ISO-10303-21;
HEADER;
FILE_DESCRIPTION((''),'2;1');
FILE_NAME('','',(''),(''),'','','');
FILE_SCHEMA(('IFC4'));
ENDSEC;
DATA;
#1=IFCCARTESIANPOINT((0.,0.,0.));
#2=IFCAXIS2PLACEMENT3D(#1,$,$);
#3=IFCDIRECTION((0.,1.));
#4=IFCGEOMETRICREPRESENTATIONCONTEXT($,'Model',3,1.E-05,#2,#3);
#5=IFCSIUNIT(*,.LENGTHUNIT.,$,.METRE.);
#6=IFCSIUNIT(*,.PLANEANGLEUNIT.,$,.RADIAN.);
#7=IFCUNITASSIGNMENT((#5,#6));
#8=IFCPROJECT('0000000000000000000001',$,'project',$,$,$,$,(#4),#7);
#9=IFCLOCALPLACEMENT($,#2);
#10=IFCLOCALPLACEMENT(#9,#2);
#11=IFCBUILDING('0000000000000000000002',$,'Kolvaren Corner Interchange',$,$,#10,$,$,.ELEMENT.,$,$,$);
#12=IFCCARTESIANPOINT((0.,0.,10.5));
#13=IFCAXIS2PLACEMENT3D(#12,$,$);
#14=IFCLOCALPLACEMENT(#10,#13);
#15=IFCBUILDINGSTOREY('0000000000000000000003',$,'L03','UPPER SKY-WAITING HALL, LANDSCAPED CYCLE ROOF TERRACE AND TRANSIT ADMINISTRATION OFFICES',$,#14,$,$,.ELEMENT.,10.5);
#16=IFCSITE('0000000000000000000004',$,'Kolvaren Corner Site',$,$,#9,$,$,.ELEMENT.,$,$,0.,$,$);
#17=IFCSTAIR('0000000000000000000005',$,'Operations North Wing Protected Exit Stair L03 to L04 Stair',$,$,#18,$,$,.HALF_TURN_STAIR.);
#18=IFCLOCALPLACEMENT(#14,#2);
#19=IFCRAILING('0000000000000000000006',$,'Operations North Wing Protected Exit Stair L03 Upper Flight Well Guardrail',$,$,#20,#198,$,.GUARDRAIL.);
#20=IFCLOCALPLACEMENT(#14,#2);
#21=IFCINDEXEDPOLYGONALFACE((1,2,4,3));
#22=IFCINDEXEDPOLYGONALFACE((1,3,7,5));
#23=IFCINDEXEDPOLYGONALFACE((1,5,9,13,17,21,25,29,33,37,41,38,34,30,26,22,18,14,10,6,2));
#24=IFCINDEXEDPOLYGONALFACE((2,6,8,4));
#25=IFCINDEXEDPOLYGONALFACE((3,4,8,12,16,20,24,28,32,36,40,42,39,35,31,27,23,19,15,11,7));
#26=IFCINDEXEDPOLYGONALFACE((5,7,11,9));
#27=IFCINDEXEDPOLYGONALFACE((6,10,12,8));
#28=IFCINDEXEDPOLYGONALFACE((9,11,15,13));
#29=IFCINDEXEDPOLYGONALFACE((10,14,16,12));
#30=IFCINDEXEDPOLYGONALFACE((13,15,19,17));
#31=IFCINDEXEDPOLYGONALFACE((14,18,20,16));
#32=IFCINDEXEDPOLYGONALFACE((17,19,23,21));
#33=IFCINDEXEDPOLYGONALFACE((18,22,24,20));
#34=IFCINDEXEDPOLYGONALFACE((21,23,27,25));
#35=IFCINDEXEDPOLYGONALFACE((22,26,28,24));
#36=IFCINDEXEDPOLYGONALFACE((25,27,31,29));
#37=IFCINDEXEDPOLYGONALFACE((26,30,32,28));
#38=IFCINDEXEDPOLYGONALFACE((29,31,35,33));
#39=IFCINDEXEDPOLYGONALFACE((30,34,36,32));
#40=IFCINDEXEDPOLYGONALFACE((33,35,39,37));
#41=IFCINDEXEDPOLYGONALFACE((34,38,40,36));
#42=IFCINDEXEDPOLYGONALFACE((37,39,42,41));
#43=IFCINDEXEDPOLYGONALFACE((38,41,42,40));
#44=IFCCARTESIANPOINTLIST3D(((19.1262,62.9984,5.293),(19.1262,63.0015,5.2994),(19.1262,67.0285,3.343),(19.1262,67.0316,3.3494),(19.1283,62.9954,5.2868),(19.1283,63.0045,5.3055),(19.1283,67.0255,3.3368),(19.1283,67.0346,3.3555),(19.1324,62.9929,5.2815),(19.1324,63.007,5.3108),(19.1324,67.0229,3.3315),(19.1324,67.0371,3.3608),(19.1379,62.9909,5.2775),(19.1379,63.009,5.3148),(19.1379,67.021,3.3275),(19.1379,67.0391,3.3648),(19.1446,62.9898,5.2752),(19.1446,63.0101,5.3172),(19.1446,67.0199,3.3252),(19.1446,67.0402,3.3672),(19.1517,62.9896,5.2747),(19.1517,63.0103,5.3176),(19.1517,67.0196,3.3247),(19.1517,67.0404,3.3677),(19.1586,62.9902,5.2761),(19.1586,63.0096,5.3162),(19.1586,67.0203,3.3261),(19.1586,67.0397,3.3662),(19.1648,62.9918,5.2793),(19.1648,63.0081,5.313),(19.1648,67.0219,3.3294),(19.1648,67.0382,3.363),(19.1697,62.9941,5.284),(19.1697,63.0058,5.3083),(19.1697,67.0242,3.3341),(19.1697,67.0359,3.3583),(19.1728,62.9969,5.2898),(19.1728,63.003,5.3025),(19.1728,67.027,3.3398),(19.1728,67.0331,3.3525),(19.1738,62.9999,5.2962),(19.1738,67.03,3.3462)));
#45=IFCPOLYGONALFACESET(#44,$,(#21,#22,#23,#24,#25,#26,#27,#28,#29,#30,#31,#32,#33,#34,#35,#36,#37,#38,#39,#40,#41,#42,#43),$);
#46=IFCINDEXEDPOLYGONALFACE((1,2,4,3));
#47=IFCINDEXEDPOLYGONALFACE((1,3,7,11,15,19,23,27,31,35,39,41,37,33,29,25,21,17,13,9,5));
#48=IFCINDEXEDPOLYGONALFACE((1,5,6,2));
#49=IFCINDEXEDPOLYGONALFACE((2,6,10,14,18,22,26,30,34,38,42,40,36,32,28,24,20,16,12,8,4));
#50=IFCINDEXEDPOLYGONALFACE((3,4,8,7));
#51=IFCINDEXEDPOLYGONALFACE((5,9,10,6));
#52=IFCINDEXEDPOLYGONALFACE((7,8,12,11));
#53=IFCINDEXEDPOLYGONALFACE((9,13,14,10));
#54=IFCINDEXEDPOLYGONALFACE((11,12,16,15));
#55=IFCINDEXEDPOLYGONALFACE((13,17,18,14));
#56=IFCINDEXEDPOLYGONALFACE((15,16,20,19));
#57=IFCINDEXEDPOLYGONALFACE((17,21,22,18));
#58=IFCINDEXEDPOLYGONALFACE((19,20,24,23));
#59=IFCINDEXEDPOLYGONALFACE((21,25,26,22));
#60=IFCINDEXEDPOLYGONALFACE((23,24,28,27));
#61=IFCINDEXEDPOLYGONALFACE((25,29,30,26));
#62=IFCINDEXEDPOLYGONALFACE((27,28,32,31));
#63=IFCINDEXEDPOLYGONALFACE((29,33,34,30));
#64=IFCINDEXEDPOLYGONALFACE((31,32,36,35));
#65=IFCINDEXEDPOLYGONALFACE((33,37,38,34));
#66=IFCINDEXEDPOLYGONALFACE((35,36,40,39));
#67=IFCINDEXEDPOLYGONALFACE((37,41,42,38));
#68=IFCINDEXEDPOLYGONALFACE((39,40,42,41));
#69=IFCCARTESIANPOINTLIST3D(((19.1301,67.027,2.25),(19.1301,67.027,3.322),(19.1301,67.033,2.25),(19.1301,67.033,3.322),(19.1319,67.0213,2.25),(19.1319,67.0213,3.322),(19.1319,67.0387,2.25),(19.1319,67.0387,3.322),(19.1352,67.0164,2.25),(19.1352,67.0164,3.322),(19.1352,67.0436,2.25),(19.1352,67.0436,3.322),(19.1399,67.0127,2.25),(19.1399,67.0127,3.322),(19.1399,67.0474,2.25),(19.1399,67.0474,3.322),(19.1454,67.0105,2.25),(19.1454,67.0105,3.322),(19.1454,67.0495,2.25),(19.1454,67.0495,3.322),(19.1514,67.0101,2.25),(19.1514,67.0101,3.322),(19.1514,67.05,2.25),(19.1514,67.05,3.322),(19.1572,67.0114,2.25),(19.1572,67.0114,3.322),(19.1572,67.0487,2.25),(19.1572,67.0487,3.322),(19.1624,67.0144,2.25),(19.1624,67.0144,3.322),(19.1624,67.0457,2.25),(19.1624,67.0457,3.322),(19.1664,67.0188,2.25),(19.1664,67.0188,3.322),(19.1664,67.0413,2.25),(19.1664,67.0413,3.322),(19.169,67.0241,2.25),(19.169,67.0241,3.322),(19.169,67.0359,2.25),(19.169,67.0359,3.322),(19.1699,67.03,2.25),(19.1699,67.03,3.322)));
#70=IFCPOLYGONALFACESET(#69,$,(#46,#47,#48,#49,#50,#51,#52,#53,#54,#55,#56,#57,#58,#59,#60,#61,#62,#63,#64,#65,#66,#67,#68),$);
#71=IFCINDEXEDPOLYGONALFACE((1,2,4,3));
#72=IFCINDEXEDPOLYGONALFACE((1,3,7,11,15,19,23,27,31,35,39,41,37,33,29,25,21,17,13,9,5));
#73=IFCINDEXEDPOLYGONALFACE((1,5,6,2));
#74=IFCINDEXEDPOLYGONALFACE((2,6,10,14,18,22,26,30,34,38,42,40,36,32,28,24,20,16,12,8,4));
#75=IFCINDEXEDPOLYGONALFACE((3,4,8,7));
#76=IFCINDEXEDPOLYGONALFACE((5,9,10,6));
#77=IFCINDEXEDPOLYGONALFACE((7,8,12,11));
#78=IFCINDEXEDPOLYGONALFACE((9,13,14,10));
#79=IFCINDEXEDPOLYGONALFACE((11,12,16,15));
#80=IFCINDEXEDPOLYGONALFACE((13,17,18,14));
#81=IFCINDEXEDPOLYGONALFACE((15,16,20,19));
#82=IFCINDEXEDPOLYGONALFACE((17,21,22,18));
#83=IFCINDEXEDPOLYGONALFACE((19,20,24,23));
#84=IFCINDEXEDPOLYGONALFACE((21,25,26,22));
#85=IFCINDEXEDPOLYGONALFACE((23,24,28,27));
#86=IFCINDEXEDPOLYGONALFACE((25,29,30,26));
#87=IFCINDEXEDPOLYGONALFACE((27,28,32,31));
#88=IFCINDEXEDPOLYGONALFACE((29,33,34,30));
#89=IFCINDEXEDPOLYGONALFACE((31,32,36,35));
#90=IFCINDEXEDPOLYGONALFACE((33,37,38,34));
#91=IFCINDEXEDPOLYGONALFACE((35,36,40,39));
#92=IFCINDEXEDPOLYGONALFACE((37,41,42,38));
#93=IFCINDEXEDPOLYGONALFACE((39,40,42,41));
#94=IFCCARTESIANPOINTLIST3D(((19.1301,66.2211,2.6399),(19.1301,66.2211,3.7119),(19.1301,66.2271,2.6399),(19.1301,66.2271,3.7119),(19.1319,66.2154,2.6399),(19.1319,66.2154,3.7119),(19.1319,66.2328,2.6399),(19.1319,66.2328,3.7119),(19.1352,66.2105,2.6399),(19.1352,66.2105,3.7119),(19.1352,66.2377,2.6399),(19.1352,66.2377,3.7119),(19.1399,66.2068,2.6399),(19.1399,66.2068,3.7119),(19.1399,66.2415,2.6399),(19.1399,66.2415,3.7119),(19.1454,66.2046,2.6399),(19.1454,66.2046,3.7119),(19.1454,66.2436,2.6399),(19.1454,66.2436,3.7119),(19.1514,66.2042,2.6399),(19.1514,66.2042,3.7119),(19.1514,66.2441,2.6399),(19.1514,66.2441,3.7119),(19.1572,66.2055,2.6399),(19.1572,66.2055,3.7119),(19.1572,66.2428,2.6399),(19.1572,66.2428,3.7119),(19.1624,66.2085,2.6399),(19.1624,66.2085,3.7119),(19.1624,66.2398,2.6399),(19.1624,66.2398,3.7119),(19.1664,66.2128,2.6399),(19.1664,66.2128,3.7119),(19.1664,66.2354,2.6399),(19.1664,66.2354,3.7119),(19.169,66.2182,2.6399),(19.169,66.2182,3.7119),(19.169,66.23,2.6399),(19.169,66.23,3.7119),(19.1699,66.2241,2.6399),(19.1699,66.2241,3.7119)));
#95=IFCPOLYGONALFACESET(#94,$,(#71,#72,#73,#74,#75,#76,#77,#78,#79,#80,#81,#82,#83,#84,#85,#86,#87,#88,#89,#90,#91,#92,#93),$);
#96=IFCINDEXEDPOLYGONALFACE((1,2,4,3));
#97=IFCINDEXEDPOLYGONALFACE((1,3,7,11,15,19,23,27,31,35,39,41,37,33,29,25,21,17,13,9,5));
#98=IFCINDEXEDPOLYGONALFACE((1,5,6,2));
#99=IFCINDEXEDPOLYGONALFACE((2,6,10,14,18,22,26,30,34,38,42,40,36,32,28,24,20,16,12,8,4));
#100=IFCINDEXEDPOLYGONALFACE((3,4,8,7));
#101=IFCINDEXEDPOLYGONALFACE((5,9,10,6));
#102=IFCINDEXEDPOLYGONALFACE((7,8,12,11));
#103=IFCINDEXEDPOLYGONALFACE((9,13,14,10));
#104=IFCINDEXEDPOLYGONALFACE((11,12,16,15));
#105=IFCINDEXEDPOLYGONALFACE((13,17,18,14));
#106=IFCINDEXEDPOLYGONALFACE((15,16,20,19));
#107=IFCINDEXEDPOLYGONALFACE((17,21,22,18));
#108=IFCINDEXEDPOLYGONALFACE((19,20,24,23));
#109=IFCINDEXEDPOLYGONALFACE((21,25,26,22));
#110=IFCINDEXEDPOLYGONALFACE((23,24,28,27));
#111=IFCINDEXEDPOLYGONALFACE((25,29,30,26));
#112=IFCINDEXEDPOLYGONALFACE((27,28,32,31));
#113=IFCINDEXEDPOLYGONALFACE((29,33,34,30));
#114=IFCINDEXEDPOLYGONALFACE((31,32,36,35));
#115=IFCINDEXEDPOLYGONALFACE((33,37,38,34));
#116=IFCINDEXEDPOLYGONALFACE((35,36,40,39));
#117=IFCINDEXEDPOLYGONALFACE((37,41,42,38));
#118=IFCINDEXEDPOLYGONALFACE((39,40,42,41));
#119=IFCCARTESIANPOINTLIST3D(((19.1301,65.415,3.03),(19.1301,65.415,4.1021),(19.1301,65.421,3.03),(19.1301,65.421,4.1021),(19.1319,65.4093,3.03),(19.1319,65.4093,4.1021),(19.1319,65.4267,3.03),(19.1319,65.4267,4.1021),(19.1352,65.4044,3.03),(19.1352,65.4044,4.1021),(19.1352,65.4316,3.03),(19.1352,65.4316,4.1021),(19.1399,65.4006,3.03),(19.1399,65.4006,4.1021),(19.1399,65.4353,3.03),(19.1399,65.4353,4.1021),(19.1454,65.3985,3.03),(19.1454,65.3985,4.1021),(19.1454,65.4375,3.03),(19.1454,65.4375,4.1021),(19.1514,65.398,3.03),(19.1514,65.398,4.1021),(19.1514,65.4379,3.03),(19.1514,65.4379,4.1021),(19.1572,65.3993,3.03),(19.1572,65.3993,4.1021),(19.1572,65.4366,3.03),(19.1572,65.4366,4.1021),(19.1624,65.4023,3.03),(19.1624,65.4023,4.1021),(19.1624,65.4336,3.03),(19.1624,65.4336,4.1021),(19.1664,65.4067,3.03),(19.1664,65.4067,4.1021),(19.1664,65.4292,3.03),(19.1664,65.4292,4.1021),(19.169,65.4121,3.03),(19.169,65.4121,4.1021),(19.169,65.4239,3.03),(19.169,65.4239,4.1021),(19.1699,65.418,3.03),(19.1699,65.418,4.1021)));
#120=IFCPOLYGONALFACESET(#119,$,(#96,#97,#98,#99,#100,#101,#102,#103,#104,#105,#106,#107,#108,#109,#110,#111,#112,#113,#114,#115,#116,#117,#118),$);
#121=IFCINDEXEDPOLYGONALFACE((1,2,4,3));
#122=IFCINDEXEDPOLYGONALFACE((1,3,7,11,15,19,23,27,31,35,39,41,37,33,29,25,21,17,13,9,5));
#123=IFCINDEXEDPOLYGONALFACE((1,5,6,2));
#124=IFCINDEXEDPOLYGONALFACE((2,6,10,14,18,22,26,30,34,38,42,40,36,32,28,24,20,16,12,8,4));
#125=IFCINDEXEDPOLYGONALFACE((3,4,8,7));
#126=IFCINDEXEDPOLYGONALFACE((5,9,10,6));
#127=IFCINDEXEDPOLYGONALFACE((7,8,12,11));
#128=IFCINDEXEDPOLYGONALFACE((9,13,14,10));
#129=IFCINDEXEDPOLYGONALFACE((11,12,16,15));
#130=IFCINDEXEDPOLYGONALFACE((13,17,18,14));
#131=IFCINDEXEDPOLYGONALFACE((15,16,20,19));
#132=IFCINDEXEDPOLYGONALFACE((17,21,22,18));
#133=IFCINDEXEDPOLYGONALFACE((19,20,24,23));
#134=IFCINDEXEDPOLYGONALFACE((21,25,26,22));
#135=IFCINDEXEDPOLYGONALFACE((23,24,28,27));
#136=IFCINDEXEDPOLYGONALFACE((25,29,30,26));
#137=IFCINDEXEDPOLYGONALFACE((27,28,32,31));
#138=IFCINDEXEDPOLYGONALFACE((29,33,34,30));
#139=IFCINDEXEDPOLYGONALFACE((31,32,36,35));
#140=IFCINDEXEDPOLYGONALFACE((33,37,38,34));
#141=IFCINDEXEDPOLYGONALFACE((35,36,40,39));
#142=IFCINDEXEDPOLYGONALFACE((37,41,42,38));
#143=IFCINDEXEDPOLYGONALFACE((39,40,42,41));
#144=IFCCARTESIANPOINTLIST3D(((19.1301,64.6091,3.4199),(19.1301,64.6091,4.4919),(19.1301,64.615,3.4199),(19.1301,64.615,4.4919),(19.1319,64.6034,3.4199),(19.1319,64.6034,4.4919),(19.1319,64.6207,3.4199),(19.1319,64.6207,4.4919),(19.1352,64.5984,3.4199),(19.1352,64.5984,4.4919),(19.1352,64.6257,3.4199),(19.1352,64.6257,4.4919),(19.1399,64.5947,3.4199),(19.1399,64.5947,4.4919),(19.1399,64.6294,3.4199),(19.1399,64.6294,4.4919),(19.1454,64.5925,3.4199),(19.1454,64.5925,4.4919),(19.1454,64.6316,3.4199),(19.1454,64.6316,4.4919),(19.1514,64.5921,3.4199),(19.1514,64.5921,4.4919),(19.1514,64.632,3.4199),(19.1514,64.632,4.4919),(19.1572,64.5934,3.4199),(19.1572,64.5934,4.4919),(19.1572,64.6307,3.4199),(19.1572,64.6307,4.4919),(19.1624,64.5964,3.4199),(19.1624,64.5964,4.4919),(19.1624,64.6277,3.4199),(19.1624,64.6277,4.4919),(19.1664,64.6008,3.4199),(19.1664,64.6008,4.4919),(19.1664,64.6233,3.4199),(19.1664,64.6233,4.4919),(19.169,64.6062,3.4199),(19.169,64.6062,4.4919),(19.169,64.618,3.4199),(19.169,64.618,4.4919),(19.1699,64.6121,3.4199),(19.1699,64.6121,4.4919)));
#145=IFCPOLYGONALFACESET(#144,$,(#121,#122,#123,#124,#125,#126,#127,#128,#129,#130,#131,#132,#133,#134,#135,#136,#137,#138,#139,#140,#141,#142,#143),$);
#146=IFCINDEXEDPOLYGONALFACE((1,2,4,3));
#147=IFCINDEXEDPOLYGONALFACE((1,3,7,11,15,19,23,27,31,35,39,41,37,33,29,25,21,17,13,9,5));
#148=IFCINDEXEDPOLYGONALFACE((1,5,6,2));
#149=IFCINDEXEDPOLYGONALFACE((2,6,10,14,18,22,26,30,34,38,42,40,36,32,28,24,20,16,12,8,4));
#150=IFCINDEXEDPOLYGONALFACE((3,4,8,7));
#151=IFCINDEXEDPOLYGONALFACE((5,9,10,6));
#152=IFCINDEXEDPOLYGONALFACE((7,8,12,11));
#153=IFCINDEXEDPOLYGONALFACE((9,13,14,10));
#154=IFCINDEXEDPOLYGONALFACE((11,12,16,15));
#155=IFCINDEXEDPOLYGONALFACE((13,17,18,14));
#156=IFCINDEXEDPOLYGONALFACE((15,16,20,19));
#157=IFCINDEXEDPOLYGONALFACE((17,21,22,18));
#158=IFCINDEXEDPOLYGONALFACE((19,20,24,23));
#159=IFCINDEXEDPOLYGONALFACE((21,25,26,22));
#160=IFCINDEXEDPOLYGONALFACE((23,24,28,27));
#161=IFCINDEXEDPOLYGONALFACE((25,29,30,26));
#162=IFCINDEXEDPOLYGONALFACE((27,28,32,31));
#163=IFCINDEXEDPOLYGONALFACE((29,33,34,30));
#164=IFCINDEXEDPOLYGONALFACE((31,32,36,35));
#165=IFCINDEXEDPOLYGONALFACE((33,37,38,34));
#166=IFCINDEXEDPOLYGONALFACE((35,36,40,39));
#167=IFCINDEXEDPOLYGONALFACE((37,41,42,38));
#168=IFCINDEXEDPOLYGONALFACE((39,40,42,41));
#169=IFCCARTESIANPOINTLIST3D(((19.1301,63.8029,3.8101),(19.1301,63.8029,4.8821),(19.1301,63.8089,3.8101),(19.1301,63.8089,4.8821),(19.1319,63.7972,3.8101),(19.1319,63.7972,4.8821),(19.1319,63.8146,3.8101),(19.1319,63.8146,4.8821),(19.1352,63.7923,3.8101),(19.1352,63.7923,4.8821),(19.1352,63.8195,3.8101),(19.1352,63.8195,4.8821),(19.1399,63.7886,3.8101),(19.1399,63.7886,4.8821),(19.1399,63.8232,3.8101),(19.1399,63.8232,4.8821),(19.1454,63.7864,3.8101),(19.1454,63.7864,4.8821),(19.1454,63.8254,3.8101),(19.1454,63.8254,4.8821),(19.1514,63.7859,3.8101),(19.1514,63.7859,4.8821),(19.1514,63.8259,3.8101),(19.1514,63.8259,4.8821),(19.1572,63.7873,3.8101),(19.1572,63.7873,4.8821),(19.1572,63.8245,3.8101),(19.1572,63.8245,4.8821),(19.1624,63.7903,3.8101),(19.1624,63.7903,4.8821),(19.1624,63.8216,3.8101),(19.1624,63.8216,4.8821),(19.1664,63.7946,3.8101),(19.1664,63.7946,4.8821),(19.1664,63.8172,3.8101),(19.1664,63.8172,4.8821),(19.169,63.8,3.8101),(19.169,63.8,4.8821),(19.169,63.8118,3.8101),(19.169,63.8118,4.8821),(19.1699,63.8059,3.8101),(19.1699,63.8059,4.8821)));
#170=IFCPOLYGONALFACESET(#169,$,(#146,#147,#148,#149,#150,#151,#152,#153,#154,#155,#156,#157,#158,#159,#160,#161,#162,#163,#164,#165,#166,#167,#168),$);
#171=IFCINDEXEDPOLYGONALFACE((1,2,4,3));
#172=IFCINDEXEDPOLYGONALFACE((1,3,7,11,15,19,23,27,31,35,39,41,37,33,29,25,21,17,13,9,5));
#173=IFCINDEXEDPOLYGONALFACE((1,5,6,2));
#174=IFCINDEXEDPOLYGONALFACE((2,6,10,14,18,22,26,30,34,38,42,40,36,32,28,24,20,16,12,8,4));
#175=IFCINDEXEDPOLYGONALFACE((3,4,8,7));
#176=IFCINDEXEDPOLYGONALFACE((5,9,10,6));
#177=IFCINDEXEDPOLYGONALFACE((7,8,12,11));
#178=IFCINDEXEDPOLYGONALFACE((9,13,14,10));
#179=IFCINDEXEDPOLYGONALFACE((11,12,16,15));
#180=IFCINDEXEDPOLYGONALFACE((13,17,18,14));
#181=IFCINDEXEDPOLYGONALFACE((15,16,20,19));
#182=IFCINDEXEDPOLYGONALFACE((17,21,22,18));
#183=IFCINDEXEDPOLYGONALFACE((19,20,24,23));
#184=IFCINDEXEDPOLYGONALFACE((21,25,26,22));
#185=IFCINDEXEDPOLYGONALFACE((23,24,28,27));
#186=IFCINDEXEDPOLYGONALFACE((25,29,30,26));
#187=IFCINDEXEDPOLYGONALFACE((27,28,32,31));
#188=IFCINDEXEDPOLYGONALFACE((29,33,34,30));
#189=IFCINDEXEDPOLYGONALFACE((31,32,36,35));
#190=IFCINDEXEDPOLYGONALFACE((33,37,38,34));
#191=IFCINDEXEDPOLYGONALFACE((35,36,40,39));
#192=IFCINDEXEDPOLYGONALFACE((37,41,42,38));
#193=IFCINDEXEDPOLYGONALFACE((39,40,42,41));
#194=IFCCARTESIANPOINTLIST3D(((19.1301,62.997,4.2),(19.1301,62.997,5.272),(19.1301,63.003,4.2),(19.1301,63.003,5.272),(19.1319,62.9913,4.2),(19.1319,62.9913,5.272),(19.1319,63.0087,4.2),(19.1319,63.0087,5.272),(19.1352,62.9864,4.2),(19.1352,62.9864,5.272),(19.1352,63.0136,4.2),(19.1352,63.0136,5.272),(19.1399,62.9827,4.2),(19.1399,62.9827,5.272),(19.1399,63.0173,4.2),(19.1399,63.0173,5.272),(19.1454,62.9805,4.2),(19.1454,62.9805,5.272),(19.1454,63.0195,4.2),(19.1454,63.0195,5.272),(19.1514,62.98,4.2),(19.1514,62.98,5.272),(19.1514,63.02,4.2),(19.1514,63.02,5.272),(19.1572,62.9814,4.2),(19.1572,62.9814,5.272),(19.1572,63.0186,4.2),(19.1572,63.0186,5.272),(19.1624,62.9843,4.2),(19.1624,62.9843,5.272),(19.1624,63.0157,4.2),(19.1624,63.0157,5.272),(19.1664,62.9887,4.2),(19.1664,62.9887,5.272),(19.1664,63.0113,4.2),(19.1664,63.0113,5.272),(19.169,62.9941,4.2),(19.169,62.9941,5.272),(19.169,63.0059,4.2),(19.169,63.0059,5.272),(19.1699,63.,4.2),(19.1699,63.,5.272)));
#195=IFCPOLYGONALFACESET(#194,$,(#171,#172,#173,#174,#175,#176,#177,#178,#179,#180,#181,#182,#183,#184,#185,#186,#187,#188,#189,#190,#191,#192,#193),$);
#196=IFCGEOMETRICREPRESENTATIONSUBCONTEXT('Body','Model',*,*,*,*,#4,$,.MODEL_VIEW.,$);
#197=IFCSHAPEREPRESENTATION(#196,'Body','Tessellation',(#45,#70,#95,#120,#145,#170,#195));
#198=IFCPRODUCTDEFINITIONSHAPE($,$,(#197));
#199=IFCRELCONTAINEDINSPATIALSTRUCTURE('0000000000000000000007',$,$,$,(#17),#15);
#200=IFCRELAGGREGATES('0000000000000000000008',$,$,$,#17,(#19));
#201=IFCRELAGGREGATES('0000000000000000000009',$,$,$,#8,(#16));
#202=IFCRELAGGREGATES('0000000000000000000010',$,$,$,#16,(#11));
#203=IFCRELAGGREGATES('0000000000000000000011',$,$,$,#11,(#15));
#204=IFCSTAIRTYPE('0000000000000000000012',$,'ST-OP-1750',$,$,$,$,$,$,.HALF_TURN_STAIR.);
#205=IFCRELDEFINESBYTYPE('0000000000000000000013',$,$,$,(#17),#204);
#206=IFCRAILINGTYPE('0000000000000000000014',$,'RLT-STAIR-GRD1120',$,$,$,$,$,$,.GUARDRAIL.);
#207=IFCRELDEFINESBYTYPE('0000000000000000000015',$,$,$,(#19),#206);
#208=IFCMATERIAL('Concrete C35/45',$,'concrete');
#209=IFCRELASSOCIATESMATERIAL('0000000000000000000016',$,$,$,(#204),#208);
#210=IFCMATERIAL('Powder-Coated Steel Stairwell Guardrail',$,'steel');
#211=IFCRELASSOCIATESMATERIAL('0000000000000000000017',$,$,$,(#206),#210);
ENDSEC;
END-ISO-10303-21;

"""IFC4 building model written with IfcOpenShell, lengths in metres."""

from ifc_helpers import new_model, si_unit, direction, frame, origin, origin_2d, place, context, subcontext, project, spatial, circle, extrude, material, type_object, element, aggregate, save


model = new_model("IFC4")

# Units and contexts
model_context = context("Model", 3, precision=1e-05, world=origin(), true_north=direction((0.0, 1.0)))
body_context = subcontext(model_context, "Body", "Model", "MODEL_VIEW")
ifc_project = project(units=[si_unit("LENGTHUNIT", "METRE"), si_unit("PLANEANGLEUNIT", "RADIAN")], contexts=[model_context])

# Site, building, storey
site_placement = place(None, origin())
site = spatial("IfcSite", under=ifc_project, at=site_placement, Name="Kolvaren Corner Site", CompositionType="ELEMENT", RefElevation=0.0)
building_placement = place(site_placement, origin())
building = spatial("IfcBuilding", under=site, at=building_placement, Name="Kolvaren Corner Interchange", CompositionType="ELEMENT")
storey_placement = place(building_placement, frame((0.0, 0.0, 10.5)))
storey = spatial("IfcBuildingStorey", under=building, at=storey_placement, Name="L03", Description="UPPER SKY-WAITING HALL, LANDSCAPED CYCLE ROOF TERRACE AND TRANSIT ADMINISTRATION OFFICES", CompositionType="ELEMENT", Elevation=10.5)

# Stair
ifc_material_1 = material(Name="Concrete C35/45", Category="concrete")
stair_type = type_object("IfcStairType", Name="ST-OP-1750", PredefinedType="HALF_TURN_STAIR", material=ifc_material_1)
stair_placement = place(storey_placement, origin())
stair = element("IfcStair", 1, at=stair_placement, inside=storey, type_object=stair_type, Name="Operations North Wing Protected Exit Stair L03 to L04 Stair", PredefinedType="HALF_TURN_STAIR")

# Railing
ifc_material_2 = material(Name="Powder-Coated Steel Stairwell Guardrail", Category="steel")
railing_type_1 = type_object("IfcRailingType", Name="RLT-STAIR-GRD1120", PredefinedType="GUARDRAIL", material=ifc_material_2)
railing_1_placement = place(storey_placement, frame((19.1499, 67.03, 2.25)))
railing_1 = element("IfcRailing", 2, at=railing_1_placement, type_object=railing_type_1, Name="Operations North Wing Protected Exit Stair L03 Upper Flight Well Guardrail", PredefinedType="GUARDRAIL", context=body_context, shape_type="SweptSolid", body=[
    extrude(circle(Radius=0.0239, at=origin_2d()), frame((0.0, 0.0, 1.0962), z_axis=(0.0, -0.900165, 0.43555), x_axis=(1.0, 0.0, 0.0)), (0.0, 0.0, 1.0), 4.4771),
    extrude(circle(Radius=0.02, at=origin_2d()), origin(), (0.0, 0.0, 1.0), 1.072),
    extrude(circle(Radius=0.02, at=origin_2d()), frame((0.0, -0.8059, 0.3899)), (0.0, 0.0, 1.0), 1.072),
    extrude(circle(Radius=0.02, at=origin_2d()), frame((0.0, -1.6121, 0.78)), (0.0, 0.0, 1.0), 1.072),
    extrude(circle(Radius=0.02, at=origin_2d()), frame((0.0, -2.418, 1.1699)), (0.0, 0.0, 1.0), 1.072),
    extrude(circle(Radius=0.02, at=origin_2d()), frame((0.0, -3.2241, 1.5601)), (0.0, 0.0, 1.0), 1.072),
    extrude(circle(Radius=0.02, at=origin_2d()), frame((0.0, -4.03, 1.95)), (0.0, 0.0, 1.0), 1.072),
])
aggregate(stair, [railing_1])

save(model, "model.ifc")
